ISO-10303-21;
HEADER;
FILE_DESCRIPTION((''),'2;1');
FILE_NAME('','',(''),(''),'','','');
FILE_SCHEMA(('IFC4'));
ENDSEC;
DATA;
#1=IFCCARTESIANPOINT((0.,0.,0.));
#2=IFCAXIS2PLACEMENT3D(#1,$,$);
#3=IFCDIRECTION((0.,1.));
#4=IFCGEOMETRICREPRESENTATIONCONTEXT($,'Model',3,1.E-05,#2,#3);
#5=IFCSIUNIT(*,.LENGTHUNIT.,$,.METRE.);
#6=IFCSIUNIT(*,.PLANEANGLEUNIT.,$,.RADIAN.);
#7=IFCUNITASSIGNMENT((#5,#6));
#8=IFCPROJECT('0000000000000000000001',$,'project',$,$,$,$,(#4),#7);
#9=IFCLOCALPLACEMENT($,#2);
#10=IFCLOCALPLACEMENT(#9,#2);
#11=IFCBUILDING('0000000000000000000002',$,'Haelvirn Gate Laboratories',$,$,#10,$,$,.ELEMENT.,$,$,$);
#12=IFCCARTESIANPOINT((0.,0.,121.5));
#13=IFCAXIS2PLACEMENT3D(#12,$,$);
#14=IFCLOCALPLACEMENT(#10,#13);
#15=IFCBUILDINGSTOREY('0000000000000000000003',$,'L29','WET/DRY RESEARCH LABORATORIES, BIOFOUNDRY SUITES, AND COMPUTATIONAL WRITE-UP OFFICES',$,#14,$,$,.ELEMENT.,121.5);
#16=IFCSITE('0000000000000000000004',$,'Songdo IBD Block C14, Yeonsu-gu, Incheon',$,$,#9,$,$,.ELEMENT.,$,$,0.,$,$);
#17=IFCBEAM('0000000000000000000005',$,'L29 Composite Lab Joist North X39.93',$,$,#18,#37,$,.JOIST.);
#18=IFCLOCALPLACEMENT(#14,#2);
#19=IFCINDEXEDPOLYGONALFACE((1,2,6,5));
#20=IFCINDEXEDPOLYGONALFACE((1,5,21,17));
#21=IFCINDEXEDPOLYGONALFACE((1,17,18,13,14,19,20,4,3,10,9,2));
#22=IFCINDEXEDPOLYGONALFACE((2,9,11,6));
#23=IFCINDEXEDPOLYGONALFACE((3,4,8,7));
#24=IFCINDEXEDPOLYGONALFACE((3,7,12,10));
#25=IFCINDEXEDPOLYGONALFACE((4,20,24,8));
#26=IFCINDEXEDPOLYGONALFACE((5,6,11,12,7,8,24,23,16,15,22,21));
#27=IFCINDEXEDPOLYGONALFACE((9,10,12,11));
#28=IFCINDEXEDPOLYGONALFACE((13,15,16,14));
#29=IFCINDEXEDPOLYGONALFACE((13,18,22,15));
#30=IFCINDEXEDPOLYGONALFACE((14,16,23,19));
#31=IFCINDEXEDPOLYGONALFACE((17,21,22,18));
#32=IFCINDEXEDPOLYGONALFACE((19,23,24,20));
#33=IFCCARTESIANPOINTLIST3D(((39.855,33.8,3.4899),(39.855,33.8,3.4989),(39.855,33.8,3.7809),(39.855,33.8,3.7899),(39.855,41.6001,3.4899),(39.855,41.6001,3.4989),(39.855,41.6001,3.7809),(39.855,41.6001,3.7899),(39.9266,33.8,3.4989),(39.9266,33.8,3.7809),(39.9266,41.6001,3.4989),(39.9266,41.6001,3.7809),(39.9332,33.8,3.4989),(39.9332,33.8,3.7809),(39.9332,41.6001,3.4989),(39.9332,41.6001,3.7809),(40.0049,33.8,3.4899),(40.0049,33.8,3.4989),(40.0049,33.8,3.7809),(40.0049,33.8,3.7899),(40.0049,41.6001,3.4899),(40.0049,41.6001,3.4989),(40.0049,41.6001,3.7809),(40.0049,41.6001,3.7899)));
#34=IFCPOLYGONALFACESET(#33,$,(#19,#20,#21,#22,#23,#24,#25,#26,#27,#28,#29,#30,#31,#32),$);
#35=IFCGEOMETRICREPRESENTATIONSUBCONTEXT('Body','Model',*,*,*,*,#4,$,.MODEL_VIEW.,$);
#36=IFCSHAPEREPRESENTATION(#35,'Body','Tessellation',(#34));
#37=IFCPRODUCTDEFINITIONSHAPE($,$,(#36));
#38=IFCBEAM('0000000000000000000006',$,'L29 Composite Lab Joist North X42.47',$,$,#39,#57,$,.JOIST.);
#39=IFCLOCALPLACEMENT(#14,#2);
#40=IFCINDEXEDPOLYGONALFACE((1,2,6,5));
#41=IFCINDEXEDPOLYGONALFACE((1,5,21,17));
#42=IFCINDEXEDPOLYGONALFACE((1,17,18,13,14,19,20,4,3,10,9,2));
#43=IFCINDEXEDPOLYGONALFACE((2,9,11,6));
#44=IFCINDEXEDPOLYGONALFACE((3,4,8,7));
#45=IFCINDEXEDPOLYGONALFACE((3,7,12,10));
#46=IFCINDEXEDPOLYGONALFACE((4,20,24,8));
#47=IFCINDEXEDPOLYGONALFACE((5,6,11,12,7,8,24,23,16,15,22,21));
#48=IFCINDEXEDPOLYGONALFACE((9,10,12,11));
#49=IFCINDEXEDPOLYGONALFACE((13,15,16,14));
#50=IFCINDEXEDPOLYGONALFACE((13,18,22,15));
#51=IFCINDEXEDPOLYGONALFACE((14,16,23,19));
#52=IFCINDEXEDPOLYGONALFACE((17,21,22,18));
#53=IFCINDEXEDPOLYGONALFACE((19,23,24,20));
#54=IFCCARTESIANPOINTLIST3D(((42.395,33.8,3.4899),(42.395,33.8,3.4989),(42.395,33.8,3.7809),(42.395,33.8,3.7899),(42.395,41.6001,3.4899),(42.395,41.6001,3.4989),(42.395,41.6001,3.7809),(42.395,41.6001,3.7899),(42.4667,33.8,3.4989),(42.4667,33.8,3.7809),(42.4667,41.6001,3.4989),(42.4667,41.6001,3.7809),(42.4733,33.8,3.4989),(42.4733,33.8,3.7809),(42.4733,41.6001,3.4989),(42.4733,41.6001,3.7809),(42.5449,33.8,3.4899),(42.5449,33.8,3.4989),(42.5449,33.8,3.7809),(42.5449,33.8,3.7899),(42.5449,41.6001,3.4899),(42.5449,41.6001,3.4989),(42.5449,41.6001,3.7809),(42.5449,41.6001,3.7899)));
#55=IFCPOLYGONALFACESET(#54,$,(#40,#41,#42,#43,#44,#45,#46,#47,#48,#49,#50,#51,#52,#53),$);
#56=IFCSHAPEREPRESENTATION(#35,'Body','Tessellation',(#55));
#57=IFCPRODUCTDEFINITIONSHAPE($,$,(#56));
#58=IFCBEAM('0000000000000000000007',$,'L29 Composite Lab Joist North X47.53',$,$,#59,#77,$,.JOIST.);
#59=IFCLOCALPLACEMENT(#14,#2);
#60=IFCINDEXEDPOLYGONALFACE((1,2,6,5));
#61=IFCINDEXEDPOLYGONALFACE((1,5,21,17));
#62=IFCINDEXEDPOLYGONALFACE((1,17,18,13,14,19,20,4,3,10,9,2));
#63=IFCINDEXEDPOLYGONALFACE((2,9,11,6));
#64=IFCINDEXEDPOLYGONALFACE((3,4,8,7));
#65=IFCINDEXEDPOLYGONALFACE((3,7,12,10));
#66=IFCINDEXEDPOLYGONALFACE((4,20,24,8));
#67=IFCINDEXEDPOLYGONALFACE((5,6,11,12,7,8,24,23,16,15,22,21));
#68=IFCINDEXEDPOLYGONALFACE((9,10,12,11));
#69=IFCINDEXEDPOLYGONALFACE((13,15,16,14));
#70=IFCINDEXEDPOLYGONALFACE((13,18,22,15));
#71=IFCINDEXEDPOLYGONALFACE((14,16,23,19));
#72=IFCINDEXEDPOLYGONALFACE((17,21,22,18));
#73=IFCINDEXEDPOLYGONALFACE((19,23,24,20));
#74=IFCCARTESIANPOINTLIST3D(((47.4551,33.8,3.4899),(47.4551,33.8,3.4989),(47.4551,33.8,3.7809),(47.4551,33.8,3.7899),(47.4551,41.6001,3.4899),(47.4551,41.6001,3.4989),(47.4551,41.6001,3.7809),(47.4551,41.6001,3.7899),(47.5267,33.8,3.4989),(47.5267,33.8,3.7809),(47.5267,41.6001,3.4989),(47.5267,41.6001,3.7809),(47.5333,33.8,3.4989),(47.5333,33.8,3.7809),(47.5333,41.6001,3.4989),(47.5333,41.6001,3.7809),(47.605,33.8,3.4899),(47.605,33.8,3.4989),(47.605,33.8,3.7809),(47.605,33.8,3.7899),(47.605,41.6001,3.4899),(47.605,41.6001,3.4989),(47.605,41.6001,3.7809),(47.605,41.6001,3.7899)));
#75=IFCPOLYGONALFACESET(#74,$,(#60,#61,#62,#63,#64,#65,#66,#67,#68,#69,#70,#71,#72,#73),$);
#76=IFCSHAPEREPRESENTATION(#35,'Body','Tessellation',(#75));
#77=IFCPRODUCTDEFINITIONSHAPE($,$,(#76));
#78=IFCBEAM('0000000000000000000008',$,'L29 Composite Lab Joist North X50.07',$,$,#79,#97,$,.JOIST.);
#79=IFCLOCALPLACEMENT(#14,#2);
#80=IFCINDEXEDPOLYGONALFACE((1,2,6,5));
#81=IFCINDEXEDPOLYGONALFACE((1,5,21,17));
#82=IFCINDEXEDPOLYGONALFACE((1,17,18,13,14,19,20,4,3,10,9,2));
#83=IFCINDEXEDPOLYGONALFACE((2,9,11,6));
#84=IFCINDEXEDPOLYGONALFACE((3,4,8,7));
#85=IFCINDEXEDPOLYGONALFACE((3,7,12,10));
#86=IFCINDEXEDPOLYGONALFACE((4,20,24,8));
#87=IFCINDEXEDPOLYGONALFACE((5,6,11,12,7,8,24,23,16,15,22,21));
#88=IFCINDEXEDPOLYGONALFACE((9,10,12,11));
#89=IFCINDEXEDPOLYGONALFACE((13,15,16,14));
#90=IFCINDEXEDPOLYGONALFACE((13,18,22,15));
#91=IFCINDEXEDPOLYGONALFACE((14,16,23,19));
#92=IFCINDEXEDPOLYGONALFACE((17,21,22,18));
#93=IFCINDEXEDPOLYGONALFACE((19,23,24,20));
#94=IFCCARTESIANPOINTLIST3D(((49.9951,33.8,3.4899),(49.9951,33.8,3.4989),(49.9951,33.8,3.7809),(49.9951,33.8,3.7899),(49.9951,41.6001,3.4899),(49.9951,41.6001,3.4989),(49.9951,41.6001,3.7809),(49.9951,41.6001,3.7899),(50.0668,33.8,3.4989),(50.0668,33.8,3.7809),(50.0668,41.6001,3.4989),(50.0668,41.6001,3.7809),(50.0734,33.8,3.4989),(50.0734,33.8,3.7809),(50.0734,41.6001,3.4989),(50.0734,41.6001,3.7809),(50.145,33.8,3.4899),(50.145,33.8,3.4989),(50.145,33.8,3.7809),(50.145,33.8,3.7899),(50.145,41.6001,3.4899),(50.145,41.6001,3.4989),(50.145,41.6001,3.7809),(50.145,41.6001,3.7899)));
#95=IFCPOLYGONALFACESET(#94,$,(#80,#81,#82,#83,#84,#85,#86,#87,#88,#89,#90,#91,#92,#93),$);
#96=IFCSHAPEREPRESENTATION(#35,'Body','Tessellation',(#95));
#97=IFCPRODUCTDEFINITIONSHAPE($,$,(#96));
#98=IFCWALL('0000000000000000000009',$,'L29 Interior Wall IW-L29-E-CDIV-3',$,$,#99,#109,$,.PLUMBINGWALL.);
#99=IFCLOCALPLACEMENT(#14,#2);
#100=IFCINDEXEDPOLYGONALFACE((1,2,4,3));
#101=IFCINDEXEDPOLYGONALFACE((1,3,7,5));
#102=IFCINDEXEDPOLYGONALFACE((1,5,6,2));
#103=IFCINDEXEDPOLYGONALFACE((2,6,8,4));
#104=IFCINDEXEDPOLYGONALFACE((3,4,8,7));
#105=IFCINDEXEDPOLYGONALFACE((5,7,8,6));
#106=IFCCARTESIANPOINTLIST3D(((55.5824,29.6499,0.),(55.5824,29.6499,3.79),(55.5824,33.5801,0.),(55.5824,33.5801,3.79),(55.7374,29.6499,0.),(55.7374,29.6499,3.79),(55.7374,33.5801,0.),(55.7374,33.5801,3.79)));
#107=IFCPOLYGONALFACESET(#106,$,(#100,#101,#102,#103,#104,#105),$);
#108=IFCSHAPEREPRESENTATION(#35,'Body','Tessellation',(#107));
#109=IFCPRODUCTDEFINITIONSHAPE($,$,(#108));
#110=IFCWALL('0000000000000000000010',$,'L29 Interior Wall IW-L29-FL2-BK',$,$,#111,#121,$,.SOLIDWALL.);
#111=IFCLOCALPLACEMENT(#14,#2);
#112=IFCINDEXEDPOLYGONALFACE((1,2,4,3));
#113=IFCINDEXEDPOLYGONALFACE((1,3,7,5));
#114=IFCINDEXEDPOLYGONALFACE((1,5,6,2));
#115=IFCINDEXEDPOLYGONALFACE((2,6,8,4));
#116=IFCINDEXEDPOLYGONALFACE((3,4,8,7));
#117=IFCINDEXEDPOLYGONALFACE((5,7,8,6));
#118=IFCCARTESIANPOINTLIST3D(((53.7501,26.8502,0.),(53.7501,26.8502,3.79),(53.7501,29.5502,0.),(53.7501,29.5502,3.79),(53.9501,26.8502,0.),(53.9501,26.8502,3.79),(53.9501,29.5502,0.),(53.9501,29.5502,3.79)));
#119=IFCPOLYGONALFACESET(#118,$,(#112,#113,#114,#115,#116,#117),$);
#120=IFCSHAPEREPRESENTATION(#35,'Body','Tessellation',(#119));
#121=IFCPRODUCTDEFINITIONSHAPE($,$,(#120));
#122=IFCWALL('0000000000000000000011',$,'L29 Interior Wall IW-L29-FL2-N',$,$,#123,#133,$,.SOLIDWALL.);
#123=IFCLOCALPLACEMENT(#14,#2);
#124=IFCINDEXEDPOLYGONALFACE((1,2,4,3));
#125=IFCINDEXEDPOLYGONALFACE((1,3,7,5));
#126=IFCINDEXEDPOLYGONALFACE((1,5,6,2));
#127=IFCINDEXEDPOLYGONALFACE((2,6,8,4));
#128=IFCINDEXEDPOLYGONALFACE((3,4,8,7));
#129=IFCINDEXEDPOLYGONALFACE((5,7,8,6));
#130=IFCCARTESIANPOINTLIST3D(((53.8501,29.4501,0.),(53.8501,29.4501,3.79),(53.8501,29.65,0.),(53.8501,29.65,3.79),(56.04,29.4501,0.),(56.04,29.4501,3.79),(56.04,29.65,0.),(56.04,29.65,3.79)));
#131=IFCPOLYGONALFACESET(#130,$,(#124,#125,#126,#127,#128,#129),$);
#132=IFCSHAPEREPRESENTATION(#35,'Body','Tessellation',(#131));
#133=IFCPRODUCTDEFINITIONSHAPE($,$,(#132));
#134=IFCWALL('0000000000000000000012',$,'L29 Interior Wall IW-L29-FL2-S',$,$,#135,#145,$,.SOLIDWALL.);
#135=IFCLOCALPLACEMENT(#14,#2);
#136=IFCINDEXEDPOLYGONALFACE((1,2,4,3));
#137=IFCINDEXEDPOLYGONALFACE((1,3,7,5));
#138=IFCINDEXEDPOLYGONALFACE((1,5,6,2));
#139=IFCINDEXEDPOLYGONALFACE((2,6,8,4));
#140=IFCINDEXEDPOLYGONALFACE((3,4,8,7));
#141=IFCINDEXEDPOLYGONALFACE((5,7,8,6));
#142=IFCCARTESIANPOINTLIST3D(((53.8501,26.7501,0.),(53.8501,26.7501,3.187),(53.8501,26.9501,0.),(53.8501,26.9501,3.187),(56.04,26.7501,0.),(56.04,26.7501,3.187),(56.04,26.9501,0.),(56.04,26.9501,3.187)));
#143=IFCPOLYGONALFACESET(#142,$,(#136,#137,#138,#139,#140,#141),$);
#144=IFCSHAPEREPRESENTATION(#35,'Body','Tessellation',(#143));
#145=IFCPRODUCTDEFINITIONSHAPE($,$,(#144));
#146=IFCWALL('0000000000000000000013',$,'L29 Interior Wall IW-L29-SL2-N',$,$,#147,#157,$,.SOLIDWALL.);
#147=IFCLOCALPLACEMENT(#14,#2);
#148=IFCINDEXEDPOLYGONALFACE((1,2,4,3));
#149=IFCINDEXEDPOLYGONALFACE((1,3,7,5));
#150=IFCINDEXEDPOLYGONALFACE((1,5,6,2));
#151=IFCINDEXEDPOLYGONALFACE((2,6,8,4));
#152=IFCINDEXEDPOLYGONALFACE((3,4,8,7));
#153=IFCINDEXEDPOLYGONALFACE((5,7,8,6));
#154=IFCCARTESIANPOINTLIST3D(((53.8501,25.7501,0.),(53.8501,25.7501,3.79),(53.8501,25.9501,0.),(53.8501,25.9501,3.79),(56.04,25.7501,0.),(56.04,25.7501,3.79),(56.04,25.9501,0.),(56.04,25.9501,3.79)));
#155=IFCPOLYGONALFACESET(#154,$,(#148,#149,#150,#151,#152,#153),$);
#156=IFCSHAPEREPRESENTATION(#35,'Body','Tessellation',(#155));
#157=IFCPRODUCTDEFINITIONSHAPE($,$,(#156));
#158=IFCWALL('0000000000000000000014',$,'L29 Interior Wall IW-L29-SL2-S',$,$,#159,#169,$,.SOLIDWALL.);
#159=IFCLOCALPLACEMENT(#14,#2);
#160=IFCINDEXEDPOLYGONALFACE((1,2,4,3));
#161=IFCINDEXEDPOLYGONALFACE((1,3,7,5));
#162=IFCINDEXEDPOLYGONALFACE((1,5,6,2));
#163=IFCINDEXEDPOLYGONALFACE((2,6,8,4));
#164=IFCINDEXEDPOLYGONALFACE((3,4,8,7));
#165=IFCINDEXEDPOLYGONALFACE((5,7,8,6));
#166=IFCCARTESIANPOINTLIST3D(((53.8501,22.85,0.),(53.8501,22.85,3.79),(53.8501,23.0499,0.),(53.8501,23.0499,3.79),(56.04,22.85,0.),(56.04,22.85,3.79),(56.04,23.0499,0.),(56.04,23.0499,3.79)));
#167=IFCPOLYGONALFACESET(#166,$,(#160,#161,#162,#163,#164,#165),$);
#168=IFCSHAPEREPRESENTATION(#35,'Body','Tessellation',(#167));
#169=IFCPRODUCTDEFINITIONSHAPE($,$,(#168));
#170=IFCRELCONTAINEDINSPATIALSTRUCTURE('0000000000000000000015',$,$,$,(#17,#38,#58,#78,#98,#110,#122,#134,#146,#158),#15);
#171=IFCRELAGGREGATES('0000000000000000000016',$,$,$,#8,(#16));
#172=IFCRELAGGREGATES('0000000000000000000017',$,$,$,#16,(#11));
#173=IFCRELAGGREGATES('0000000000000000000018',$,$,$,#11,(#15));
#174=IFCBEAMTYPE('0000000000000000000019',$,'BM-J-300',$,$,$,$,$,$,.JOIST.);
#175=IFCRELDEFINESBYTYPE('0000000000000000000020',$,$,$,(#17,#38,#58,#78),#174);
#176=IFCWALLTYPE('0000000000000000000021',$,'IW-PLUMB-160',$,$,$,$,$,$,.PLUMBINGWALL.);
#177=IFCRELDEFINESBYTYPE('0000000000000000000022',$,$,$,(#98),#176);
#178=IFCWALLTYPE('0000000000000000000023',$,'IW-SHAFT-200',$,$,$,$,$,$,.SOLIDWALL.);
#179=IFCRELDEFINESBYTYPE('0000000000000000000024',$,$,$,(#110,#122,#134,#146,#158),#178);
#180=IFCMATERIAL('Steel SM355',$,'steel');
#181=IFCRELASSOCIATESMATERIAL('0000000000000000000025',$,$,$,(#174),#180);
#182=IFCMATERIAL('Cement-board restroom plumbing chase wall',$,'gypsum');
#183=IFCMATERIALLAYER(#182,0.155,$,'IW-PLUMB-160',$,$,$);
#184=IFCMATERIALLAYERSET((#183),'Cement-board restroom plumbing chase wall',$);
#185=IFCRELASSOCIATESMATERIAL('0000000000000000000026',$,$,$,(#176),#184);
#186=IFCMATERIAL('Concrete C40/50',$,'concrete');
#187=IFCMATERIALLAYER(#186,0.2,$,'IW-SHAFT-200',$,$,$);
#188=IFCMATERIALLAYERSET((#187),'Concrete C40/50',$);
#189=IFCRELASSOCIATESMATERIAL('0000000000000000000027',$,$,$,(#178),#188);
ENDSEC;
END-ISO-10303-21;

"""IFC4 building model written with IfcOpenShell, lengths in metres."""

from ifc_helpers import new_model, si_unit, direction, frame, frame_2d, origin, origin_2d, place, context, subcontext, project, spatial, rectangle, i_section, extrude, source, transform, mapped, material, layer, layer_set, material_profile, profile_set, type_object, type_shapes, element, save


model = new_model("IFC4")

# Units and contexts
model_context = context("Model", 3, precision=1e-05, world=origin(), true_north=direction((0.0, 1.0)))
body_context = subcontext(model_context, "Body", "Model", "MODEL_VIEW")
ifc_project = project(units=[si_unit("LENGTHUNIT", "METRE"), si_unit("PLANEANGLEUNIT", "RADIAN")], contexts=[model_context])

# Site, building, storey
site_placement = place(None, origin())
site = spatial("IfcSite", under=ifc_project, at=site_placement, Name="Songdo IBD Block C14, Yeonsu-gu, Incheon", CompositionType="ELEMENT", RefElevation=0.0)
building_placement = place(site_placement, origin())
building = spatial("IfcBuilding", under=site, at=building_placement, Name="Haelvirn Gate Laboratories", CompositionType="ELEMENT")
storey_placement = place(building_placement, frame((0.0, 0.0, 121.5)))
storey = spatial("IfcBuildingStorey", under=building, at=storey_placement, Name="L29", Description="WET/DRY RESEARCH LABORATORIES, BIOFOUNDRY SUITES, AND COMPUTATIONAL WRITE-UP OFFICES", CompositionType="ELEMENT", Elevation=121.5)

# Shared definitions
ifc_material_1 = material(Name="Steel SM355", Category="steel")

# Beams
ifc_material_profile_1 = material_profile(ifc_material_1, i_section(OverallWidth=0.1499, OverallDepth=0.3, WebThickness=0.0066, FlangeThickness=0.009, at=origin_2d()), Name="H-300x150x6.5x9")
ifc_profile_set_1 = profile_set([ifc_material_profile_1], Name="Steel SM355")
beam_type_1 = type_object("IfcBeamType", Name="BM-J-300", PredefinedType="JOIST", material=ifc_profile_set_1)
shared_shape_1 = source(origin(), body_context, "Body", "SweptSolid", [
    extrude(i_section(OverallWidth=0.1499, OverallDepth=0.3, WebThickness=0.0066, FlangeThickness=0.009, at=origin_2d()), origin(), (0.0, 0.0, 1.0), 7.8),
])
type_shapes(beam_type_1, [shared_shape_1])
for number, where, z_axis, x_axis, name in (
    (1, (39.9299, 33.8, 3.6399), (0.0, 1.0, 0.0), (-1.0, 0.0, 0.0), "L29 Composite Lab Joist North X39.93"),
    (2, (42.47, 33.8, 3.6399), (0.0, 1.0, 0.0), (-1.0, 0.0, 0.0), "L29 Composite Lab Joist North X42.47"),
    (3, (47.53, 33.8, 3.6399), (0.0, 1.0, 0.0), (-1.0, 0.0, 0.0), "L29 Composite Lab Joist North X47.53"),
    (4, (50.0701, 33.8, 3.6399), (0.0, 1.0, 0.0), (-1.0, 0.0, 0.0), "L29 Composite Lab Joist North X50.07"),
):
    element("IfcBeam", number, at=place(storey_placement, frame(where, z_axis=z_axis, x_axis=x_axis)), inside=storey, type_object=beam_type_1, Name=name, PredefinedType="JOIST", context=body_context, shape_type="MappedRepresentation", body=[
        mapped(shared_shape_1, transform((0.0, 0.0, 0.0), scale=1.0)),
    ])

# Walls
ifc_material_2 = material(Name="Cement-board restroom plumbing chase wall", Category="gypsum")
ifc_layer_1 = layer(ifc_material_2, 0.155, Name="IW-PLUMB-160")
ifc_layer_set_1 = layer_set([ifc_layer_1], Name="Cement-board restroom plumbing chase wall")
wall_type_1 = type_object("IfcWallType", Name="IW-PLUMB-160", PredefinedType="PLUMBINGWALL", material=ifc_layer_set_1)
wall_1_placement = place(storey_placement, frame((55.6599, 29.6499, 0.0), z_axis=(0.0, 0.0, 1.0), x_axis=(0.0, 1.0, 0.0)))
element("IfcWall", 5, at=wall_1_placement, inside=storey, type_object=wall_type_1, Name="L29 Interior Wall IW-L29-E-CDIV-3", PredefinedType="PLUMBINGWALL", context=body_context, shape_type="SweptSolid", body=[
    extrude(rectangle(XDim=3.9302, YDim=0.155, at=frame_2d((1.9651, 0.0))), origin(), (0.0, 0.0, 1.0), 3.79),
])
ifc_material_3 = material(Name="Concrete C40/50", Category="concrete")
ifc_layer_2 = layer(ifc_material_3, 0.2, Name="IW-SHAFT-200")
ifc_layer_set_2 = layer_set([ifc_layer_2], Name="Concrete C40/50")
wall_type_2 = type_object("IfcWallType", Name="IW-SHAFT-200", PredefinedType="SOLIDWALL", material=ifc_layer_set_2)
wall_2_placement = place(storey_placement, frame((53.8501, 26.8501, 0.0), z_axis=(0.0, 0.0, 1.0), x_axis=(0.0, 1.0, 0.0)))
element("IfcWall", 6, at=wall_2_placement, inside=storey, type_object=wall_type_2, Name="L29 Interior Wall IW-L29-FL2-BK", PredefinedType="SOLIDWALL", context=body_context, shape_type="SweptSolid", body=[
    extrude(rectangle(XDim=2.7, YDim=0.2, at=frame_2d((1.3501, 0.0))), origin(), (0.0, 0.0, 1.0), 3.79),
])
wall_3_placement = place(storey_placement, frame((53.8501, 29.55, 0.0), z_axis=(0.0, 0.0, 1.0), x_axis=(1.0, 0.0, 0.0)))
element("IfcWall", 7, at=wall_3_placement, inside=storey, type_object=wall_type_2, Name="L29 Interior Wall IW-L29-FL2-N", PredefinedType="SOLIDWALL", context=body_context, shape_type="SweptSolid", body=[
    extrude(rectangle(XDim=2.1899, YDim=0.2, at=frame_2d((1.095, 0.0))), origin(), (0.0, 0.0, 1.0), 3.79),
])
wall_4_placement = place(storey_placement, frame((53.8501, 26.8501, 0.0), z_axis=(0.0, 0.0, 1.0), x_axis=(1.0, 0.0, 0.0)))
element("IfcWall", 8, at=wall_4_placement, inside=storey, type_object=wall_type_2, Name="L29 Interior Wall IW-L29-FL2-S", PredefinedType="SOLIDWALL", context=body_context, shape_type="SweptSolid", body=[
    extrude(rectangle(XDim=2.1899, YDim=0.2, at=frame_2d((1.095, 0.0))), origin(), (0.0, 0.0, 1.0), 3.187),
])
for number, where, z_axis, x_axis, name in (
    (9, (53.8501, 25.8501, 0.0), (0.0, 0.0, 1.0), (1.0, 0.0, 0.0), "L29 Interior Wall IW-L29-SL2-N"),
    (10, (53.8501, 22.95, 0.0), (0.0, 0.0, 1.0), (1.0, 0.0, 0.0), "L29 Interior Wall IW-L29-SL2-S"),
):
    element("IfcWall", number, at=place(storey_placement, frame(where, z_axis=z_axis, x_axis=x_axis)), inside=storey, type_object=wall_type_2, Name=name, PredefinedType="SOLIDWALL", context=body_context, shape_type="SweptSolid", body=[
        extrude(rectangle(XDim=2.1899, YDim=0.2, at=frame_2d((1.095, 0.0))), origin(), (0.0, 0.0, 1.0), 3.79),
    ])

save(model, "model.ifc")
